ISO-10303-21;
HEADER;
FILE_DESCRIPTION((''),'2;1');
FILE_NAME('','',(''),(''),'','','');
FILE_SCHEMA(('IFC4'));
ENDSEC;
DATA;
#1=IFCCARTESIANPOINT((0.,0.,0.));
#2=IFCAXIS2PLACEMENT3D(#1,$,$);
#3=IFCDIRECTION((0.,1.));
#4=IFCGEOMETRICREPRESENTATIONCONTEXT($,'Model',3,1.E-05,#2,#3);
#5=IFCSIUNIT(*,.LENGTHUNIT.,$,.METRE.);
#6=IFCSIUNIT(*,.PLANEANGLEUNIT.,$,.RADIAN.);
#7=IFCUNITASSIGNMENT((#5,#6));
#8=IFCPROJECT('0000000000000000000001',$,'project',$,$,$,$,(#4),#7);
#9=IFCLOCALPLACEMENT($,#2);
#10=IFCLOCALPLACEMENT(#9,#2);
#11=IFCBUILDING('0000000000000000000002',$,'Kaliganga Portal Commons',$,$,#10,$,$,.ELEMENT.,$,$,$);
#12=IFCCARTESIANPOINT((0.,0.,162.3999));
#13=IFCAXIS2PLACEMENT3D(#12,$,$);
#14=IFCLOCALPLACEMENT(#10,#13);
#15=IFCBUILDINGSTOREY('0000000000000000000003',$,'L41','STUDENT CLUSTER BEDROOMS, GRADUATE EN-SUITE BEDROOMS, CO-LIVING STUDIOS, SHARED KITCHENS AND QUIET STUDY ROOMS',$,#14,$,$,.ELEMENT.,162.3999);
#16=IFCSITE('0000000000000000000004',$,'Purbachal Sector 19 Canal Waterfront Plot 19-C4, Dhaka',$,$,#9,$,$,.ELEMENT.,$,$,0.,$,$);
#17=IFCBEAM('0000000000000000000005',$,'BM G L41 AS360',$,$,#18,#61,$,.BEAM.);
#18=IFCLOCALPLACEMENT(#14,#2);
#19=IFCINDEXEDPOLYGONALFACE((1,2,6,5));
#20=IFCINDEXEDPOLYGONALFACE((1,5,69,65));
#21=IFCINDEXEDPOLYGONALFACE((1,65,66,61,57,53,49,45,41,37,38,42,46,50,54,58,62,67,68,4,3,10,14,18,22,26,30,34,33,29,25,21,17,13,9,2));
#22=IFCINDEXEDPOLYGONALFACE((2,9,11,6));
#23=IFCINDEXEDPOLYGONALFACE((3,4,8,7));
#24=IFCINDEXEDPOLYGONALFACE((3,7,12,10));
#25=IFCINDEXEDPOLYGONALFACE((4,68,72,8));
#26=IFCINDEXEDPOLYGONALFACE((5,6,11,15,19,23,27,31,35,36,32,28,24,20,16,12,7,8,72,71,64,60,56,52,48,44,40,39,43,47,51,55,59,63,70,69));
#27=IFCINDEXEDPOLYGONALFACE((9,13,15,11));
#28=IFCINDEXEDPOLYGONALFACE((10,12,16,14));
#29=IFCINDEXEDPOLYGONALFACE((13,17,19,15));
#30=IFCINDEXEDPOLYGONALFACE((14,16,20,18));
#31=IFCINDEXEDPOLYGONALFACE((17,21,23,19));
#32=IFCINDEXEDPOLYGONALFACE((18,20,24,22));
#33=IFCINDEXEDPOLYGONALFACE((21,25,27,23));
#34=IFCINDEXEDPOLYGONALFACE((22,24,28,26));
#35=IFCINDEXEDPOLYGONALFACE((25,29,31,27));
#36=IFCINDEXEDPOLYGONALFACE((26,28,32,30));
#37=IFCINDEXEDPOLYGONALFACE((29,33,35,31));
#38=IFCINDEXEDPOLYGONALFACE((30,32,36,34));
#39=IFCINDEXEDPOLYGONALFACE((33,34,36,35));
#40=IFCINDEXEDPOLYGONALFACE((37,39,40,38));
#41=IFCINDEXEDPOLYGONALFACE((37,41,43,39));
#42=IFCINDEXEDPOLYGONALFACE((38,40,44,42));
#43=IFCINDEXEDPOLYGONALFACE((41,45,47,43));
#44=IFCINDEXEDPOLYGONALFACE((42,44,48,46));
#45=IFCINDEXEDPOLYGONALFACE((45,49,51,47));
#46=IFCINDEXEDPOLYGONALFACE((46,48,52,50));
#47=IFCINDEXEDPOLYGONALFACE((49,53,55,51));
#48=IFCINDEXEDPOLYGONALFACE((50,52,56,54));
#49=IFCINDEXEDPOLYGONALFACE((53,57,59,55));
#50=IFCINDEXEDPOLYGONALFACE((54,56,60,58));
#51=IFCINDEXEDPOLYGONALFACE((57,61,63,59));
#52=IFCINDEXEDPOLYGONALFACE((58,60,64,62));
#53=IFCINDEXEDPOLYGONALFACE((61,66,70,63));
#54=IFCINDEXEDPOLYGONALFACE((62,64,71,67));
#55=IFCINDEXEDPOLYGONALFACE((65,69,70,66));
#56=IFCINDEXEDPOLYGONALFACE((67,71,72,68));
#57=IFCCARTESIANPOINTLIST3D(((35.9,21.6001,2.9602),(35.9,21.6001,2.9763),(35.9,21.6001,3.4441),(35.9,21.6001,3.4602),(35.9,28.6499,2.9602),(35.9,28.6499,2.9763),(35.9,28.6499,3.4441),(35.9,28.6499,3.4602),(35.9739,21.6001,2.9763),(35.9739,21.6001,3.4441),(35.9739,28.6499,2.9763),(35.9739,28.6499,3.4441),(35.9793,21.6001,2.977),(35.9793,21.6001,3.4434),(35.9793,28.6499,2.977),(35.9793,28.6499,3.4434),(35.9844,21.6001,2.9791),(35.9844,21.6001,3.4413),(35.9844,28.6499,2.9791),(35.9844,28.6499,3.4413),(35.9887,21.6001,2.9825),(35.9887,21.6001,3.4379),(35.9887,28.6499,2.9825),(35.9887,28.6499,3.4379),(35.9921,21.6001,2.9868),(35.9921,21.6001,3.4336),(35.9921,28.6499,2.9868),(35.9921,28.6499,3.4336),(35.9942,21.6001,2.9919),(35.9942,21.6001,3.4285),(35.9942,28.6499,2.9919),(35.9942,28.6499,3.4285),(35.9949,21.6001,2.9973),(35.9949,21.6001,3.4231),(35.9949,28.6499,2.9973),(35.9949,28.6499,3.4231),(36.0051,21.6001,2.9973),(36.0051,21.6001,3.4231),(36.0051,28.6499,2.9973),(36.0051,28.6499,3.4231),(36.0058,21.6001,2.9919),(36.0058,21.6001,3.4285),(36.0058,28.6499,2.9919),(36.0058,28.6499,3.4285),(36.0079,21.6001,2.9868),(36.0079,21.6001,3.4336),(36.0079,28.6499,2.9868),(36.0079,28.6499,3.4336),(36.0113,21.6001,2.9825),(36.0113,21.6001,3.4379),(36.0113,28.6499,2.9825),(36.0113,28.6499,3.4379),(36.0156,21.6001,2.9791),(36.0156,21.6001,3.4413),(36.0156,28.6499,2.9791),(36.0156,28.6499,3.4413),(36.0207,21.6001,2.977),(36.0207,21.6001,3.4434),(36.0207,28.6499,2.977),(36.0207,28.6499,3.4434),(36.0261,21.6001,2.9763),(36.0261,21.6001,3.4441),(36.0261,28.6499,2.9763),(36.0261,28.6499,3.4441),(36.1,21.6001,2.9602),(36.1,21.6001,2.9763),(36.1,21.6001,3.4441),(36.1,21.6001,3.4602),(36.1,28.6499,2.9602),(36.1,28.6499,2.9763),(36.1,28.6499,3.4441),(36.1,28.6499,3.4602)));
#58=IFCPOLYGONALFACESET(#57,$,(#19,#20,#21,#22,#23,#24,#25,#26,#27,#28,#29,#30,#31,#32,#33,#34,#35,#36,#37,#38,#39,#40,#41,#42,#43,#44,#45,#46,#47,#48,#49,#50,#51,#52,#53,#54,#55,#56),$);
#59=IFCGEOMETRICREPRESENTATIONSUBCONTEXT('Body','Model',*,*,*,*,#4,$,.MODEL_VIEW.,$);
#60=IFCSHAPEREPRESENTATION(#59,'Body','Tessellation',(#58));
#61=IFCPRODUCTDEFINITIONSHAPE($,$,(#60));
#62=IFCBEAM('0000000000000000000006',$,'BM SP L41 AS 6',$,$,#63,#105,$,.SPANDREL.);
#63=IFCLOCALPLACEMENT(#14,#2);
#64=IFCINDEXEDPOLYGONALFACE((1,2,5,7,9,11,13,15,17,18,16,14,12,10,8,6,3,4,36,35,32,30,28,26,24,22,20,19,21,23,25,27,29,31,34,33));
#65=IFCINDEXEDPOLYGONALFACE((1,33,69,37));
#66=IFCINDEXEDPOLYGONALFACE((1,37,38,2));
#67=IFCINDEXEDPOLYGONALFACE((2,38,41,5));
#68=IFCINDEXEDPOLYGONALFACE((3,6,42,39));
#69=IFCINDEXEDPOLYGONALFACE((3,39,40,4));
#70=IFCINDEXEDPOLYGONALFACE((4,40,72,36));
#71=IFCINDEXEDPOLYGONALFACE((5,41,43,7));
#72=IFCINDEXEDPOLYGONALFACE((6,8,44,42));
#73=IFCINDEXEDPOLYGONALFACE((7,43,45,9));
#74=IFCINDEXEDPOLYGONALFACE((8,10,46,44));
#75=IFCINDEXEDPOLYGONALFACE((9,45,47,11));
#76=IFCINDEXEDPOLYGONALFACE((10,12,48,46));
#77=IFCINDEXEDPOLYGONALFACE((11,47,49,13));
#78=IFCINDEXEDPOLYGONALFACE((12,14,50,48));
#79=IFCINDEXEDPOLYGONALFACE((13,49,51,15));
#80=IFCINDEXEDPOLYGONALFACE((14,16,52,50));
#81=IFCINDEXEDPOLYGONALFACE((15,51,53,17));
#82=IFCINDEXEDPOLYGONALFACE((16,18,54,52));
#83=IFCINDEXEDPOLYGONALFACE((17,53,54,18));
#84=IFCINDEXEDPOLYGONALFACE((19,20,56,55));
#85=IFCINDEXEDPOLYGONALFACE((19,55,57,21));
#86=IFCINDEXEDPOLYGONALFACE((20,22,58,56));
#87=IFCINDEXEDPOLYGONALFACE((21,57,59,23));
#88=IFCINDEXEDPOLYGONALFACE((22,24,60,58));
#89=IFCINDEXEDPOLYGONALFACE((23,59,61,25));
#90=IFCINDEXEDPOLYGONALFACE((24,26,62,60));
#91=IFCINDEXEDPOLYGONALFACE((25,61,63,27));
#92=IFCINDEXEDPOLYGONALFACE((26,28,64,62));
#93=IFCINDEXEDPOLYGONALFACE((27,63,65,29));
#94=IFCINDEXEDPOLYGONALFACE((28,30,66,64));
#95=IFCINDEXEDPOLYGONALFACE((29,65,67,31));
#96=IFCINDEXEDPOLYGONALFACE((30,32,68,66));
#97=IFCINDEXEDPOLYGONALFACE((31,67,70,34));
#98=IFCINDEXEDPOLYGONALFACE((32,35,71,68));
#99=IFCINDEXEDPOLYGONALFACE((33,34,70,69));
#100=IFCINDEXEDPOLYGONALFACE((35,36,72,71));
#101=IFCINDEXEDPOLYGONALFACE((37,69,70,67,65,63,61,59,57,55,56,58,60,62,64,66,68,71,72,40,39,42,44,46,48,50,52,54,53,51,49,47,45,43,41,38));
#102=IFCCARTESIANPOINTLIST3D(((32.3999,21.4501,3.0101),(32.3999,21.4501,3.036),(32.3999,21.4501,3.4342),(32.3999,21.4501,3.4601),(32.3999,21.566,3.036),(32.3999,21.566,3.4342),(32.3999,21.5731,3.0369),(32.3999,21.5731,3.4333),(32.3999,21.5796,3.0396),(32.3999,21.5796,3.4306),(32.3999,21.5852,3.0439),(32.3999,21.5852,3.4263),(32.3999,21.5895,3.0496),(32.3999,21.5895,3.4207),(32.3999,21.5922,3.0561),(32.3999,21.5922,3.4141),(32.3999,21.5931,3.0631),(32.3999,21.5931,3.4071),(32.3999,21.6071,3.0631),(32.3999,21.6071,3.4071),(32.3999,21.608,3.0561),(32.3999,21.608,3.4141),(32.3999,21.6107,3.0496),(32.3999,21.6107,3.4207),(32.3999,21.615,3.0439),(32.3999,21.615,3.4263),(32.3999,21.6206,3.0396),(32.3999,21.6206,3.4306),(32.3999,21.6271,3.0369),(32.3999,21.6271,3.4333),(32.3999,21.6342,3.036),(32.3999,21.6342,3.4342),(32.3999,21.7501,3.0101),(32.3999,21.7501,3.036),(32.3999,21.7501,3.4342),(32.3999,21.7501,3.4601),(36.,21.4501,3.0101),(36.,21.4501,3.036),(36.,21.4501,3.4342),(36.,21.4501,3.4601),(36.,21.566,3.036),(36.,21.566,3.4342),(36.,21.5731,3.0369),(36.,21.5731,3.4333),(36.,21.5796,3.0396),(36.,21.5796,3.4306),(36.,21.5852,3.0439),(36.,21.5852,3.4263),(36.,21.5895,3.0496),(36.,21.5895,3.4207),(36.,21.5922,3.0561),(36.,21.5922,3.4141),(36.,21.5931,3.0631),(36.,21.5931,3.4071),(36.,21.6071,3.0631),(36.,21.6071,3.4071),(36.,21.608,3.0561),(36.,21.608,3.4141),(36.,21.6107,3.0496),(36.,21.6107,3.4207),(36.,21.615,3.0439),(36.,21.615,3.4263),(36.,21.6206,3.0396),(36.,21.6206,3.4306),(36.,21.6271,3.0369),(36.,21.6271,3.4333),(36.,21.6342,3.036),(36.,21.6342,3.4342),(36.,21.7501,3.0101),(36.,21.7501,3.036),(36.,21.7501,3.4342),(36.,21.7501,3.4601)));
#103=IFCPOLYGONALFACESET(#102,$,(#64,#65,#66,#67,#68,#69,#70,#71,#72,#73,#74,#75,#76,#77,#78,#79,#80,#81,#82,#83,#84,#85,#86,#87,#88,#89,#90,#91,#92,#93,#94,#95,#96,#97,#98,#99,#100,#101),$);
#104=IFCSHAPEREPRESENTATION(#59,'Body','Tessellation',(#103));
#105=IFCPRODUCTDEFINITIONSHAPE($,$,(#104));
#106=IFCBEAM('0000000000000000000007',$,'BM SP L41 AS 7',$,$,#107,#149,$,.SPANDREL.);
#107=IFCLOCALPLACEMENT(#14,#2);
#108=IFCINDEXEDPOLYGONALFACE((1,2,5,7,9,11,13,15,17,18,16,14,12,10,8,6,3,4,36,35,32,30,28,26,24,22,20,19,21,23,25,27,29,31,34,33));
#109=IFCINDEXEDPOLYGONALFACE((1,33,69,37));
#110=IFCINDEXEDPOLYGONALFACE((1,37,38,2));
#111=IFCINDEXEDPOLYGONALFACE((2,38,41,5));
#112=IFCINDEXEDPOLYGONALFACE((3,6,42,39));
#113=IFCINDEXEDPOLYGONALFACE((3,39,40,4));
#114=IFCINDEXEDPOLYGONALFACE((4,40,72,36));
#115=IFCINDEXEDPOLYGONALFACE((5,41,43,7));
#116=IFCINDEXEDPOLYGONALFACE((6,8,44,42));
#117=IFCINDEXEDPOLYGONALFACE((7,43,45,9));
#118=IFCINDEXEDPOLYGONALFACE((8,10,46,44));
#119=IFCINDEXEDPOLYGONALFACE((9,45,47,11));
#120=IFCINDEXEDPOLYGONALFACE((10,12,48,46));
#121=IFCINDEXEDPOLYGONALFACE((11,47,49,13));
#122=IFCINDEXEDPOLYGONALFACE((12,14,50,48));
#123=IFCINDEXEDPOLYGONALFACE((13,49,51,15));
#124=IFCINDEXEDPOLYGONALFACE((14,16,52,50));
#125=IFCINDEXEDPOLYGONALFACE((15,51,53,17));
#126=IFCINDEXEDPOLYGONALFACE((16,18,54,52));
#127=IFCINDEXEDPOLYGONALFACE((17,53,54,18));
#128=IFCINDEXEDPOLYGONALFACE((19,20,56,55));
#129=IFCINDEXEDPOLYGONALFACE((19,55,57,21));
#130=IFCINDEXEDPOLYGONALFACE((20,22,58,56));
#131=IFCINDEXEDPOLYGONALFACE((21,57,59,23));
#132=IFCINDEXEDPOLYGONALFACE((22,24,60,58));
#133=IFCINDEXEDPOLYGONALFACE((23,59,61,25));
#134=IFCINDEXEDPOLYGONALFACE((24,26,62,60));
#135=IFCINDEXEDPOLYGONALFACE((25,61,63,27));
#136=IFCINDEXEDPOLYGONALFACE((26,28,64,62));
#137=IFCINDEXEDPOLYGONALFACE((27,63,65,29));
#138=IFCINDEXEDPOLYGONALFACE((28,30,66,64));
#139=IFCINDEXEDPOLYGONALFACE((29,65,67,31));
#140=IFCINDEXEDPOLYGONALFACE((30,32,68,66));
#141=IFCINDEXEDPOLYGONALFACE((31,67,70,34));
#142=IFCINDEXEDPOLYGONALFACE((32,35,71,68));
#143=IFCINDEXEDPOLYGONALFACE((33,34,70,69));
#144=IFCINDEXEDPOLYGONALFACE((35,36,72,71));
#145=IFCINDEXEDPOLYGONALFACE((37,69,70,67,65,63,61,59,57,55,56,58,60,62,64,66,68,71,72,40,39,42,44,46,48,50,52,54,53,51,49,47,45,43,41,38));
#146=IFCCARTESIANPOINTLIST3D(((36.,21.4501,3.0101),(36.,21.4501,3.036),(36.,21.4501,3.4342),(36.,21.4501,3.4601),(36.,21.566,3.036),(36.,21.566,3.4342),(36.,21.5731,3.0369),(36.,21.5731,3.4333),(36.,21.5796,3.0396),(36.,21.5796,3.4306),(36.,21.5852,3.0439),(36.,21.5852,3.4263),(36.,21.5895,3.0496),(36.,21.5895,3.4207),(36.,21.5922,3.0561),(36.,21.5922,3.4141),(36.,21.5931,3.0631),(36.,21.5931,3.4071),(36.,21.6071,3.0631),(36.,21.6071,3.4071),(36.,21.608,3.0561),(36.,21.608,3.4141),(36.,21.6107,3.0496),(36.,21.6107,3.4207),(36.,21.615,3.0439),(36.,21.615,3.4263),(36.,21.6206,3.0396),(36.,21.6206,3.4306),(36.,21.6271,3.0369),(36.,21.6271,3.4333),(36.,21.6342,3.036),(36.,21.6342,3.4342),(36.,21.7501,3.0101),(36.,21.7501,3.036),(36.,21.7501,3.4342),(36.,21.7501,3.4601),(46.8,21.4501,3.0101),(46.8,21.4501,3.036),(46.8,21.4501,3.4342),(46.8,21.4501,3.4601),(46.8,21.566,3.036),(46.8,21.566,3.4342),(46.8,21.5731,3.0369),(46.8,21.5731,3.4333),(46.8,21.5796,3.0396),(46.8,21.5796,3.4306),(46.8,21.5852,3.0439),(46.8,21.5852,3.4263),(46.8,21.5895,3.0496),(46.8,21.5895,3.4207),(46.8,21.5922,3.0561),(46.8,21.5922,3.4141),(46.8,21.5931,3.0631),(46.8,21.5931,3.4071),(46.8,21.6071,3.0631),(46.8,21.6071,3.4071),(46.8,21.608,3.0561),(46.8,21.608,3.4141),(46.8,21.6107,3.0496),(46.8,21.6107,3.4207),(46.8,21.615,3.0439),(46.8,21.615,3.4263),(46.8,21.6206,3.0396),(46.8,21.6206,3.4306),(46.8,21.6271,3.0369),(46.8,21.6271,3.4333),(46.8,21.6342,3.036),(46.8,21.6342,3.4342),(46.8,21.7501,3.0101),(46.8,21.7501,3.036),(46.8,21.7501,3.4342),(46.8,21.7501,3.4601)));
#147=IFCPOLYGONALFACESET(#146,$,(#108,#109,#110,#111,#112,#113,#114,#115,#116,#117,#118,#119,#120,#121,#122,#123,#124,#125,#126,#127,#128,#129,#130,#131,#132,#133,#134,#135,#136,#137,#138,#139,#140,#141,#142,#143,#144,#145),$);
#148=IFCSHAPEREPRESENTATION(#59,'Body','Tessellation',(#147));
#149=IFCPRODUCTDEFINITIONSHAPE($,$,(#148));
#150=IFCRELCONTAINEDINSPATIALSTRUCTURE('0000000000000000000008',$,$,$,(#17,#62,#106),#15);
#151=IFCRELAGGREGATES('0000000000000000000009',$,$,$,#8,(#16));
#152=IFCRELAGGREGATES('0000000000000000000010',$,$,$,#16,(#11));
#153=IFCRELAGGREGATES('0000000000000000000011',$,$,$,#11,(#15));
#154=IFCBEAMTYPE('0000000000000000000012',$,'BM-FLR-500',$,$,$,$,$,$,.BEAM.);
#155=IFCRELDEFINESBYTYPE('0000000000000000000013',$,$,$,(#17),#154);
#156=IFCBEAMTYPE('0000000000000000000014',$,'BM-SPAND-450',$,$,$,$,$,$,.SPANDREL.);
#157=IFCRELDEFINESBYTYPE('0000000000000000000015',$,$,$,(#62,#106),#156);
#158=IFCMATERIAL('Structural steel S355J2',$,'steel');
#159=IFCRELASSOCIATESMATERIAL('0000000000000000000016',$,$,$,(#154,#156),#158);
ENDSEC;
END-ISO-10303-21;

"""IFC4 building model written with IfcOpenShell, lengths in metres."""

from ifc_helpers import new_model, si_unit, direction, frame, origin, origin_2d, place, context, subcontext, project, spatial, i_section, extrude, source, transform, mapped, material, material_profile, profile_set, type_object, element, save


model = new_model("IFC4")

# Units and contexts
model_context = context("Model", 3, precision=1e-05, world=origin(), true_north=direction((0.0, 1.0)))
body_context = subcontext(model_context, "Body", "Model", "MODEL_VIEW")
ifc_project = project(units=[si_unit("LENGTHUNIT", "METRE"), si_unit("PLANEANGLEUNIT", "RADIAN")], contexts=[model_context])

# Site, building, storey
site_placement = place(None, origin())
site = spatial("IfcSite", under=ifc_project, at=site_placement, Name="Purbachal Sector 19 Canal Waterfront Plot 19-C4, Dhaka", CompositionType="ELEMENT", RefElevation=0.0)
building_placement = place(site_placement, origin())
building = spatial("IfcBuilding", under=site, at=building_placement, Name="Kaliganga Portal Commons", CompositionType="ELEMENT")
storey_placement = place(building_placement, frame((0.0, 0.0, 162.3999)))
storey = spatial("IfcBuildingStorey", under=building, at=storey_placement, Name="L41", Description="STUDENT CLUSTER BEDROOMS, GRADUATE EN-SUITE BEDROOMS, CO-LIVING STUDIOS, SHARED KITCHENS AND QUIET STUDY ROOMS", CompositionType="ELEMENT", Elevation=162.3999)

# Beams
ifc_material_1 = material(Name="Structural steel S355J2", Category="steel")
ifc_material_profile_1 = material_profile(ifc_material_1, i_section(OverallWidth=0.2, OverallDepth=0.5, WebThickness=0.0103, FlangeThickness=0.0161, FilletRadius=0.021, at=origin_2d()), Name="IPE 500")
ifc_profile_set_1 = profile_set([ifc_material_profile_1], Name="Structural steel S355J2 wide-flange")
beam_type_1 = type_object("IfcBeamType", Name="BM-FLR-500", PredefinedType="BEAM", material=ifc_profile_set_1)
shared_shape_1 = source(origin(), body_context, "Body", "SweptSolid", [
    extrude(i_section(OverallWidth=0.2, OverallDepth=0.5, WebThickness=0.0103, FlangeThickness=0.0161, FilletRadius=0.021, at=origin_2d()), origin(), (0.0, 0.0, 1.0), 7.0498),
])
beam_1_placement = place(storey_placement, frame((36.0, 21.6001, 3.2102), z_axis=(0.0, 1.0, 0.0), x_axis=(-1.0, 0.0, 0.0)))
element("IfcBeam", 1, at=beam_1_placement, inside=storey, type_object=beam_type_1, Name="BM G L41 AS360", PredefinedType="BEAM", context=body_context, shape_type="MappedRepresentation", body=[
    mapped(shared_shape_1, transform((0.0, 0.0, 0.0), x_axis=(1.0, 0.0, 0.0), y_axis=(0.0, 1.0, 0.0), z_axis=(0.0, 0.0, 1.0), scale=1.0)),
])
ifc_material_profile_2 = material_profile(ifc_material_1, i_section(OverallWidth=0.3, OverallDepth=0.45, WebThickness=0.0139, FlangeThickness=0.0259, FilletRadius=0.0271, at=origin_2d()), Name="HE 450 B")
ifc_profile_set_2 = profile_set([ifc_material_profile_2], Name="Structural steel S355J2 wide-flange")
beam_type_2 = type_object("IfcBeamType", Name="BM-SPAND-450", PredefinedType="SPANDREL", material=ifc_profile_set_2)
shared_shape_2 = source(origin(), body_context, "Body", "SweptSolid", [
    extrude(i_section(OverallWidth=0.3, OverallDepth=0.45, WebThickness=0.0139, FlangeThickness=0.0259, FilletRadius=0.0271, at=origin_2d()), origin(), (0.0, 0.0, 1.0), 3.6001),
])
beam_2_placement = place(storey_placement, frame((32.3999, 21.6001, 3.2351), z_axis=(1.0, 0.0, 0.0), x_axis=(0.0, 1.0, 0.0)))
element("IfcBeam", 2, at=beam_2_placement, inside=storey, type_object=beam_type_2, Name="BM SP L41 AS 6", PredefinedType="SPANDREL", context=body_context, shape_type="MappedRepresentation", body=[
    mapped(shared_shape_2, transform((0.0, 0.0, 0.0), x_axis=(1.0, 0.0, 0.0), y_axis=(0.0, 1.0, 0.0), z_axis=(0.0, 0.0, 1.0), scale=1.0)),
])
shared_shape_3 = source(origin(), body_context, "Body", "SweptSolid", [
    extrude(i_section(OverallWidth=0.3, OverallDepth=0.45, WebThickness=0.0139, FlangeThickness=0.0259, FilletRadius=0.0271, at=origin_2d()), origin(), (0.0, 0.0, 1.0), 10.8),
])
beam_3_placement = place(storey_placement, frame((36.0, 21.6001, 3.2351), z_axis=(1.0, 0.0, 0.0), x_axis=(0.0, 1.0, 0.0)))
element("IfcBeam", 3, at=beam_3_placement, inside=storey, type_object=beam_type_2, Name="BM SP L41 AS 7", PredefinedType="SPANDREL", context=body_context, shape_type="MappedRepresentation", body=[
    mapped(shared_shape_3, transform((0.0, 0.0, 0.0), x_axis=(1.0, 0.0, 0.0), y_axis=(0.0, 1.0, 0.0), z_axis=(0.0, 0.0, 1.0), scale=1.0)),
])

save(model, "model.ifc")
